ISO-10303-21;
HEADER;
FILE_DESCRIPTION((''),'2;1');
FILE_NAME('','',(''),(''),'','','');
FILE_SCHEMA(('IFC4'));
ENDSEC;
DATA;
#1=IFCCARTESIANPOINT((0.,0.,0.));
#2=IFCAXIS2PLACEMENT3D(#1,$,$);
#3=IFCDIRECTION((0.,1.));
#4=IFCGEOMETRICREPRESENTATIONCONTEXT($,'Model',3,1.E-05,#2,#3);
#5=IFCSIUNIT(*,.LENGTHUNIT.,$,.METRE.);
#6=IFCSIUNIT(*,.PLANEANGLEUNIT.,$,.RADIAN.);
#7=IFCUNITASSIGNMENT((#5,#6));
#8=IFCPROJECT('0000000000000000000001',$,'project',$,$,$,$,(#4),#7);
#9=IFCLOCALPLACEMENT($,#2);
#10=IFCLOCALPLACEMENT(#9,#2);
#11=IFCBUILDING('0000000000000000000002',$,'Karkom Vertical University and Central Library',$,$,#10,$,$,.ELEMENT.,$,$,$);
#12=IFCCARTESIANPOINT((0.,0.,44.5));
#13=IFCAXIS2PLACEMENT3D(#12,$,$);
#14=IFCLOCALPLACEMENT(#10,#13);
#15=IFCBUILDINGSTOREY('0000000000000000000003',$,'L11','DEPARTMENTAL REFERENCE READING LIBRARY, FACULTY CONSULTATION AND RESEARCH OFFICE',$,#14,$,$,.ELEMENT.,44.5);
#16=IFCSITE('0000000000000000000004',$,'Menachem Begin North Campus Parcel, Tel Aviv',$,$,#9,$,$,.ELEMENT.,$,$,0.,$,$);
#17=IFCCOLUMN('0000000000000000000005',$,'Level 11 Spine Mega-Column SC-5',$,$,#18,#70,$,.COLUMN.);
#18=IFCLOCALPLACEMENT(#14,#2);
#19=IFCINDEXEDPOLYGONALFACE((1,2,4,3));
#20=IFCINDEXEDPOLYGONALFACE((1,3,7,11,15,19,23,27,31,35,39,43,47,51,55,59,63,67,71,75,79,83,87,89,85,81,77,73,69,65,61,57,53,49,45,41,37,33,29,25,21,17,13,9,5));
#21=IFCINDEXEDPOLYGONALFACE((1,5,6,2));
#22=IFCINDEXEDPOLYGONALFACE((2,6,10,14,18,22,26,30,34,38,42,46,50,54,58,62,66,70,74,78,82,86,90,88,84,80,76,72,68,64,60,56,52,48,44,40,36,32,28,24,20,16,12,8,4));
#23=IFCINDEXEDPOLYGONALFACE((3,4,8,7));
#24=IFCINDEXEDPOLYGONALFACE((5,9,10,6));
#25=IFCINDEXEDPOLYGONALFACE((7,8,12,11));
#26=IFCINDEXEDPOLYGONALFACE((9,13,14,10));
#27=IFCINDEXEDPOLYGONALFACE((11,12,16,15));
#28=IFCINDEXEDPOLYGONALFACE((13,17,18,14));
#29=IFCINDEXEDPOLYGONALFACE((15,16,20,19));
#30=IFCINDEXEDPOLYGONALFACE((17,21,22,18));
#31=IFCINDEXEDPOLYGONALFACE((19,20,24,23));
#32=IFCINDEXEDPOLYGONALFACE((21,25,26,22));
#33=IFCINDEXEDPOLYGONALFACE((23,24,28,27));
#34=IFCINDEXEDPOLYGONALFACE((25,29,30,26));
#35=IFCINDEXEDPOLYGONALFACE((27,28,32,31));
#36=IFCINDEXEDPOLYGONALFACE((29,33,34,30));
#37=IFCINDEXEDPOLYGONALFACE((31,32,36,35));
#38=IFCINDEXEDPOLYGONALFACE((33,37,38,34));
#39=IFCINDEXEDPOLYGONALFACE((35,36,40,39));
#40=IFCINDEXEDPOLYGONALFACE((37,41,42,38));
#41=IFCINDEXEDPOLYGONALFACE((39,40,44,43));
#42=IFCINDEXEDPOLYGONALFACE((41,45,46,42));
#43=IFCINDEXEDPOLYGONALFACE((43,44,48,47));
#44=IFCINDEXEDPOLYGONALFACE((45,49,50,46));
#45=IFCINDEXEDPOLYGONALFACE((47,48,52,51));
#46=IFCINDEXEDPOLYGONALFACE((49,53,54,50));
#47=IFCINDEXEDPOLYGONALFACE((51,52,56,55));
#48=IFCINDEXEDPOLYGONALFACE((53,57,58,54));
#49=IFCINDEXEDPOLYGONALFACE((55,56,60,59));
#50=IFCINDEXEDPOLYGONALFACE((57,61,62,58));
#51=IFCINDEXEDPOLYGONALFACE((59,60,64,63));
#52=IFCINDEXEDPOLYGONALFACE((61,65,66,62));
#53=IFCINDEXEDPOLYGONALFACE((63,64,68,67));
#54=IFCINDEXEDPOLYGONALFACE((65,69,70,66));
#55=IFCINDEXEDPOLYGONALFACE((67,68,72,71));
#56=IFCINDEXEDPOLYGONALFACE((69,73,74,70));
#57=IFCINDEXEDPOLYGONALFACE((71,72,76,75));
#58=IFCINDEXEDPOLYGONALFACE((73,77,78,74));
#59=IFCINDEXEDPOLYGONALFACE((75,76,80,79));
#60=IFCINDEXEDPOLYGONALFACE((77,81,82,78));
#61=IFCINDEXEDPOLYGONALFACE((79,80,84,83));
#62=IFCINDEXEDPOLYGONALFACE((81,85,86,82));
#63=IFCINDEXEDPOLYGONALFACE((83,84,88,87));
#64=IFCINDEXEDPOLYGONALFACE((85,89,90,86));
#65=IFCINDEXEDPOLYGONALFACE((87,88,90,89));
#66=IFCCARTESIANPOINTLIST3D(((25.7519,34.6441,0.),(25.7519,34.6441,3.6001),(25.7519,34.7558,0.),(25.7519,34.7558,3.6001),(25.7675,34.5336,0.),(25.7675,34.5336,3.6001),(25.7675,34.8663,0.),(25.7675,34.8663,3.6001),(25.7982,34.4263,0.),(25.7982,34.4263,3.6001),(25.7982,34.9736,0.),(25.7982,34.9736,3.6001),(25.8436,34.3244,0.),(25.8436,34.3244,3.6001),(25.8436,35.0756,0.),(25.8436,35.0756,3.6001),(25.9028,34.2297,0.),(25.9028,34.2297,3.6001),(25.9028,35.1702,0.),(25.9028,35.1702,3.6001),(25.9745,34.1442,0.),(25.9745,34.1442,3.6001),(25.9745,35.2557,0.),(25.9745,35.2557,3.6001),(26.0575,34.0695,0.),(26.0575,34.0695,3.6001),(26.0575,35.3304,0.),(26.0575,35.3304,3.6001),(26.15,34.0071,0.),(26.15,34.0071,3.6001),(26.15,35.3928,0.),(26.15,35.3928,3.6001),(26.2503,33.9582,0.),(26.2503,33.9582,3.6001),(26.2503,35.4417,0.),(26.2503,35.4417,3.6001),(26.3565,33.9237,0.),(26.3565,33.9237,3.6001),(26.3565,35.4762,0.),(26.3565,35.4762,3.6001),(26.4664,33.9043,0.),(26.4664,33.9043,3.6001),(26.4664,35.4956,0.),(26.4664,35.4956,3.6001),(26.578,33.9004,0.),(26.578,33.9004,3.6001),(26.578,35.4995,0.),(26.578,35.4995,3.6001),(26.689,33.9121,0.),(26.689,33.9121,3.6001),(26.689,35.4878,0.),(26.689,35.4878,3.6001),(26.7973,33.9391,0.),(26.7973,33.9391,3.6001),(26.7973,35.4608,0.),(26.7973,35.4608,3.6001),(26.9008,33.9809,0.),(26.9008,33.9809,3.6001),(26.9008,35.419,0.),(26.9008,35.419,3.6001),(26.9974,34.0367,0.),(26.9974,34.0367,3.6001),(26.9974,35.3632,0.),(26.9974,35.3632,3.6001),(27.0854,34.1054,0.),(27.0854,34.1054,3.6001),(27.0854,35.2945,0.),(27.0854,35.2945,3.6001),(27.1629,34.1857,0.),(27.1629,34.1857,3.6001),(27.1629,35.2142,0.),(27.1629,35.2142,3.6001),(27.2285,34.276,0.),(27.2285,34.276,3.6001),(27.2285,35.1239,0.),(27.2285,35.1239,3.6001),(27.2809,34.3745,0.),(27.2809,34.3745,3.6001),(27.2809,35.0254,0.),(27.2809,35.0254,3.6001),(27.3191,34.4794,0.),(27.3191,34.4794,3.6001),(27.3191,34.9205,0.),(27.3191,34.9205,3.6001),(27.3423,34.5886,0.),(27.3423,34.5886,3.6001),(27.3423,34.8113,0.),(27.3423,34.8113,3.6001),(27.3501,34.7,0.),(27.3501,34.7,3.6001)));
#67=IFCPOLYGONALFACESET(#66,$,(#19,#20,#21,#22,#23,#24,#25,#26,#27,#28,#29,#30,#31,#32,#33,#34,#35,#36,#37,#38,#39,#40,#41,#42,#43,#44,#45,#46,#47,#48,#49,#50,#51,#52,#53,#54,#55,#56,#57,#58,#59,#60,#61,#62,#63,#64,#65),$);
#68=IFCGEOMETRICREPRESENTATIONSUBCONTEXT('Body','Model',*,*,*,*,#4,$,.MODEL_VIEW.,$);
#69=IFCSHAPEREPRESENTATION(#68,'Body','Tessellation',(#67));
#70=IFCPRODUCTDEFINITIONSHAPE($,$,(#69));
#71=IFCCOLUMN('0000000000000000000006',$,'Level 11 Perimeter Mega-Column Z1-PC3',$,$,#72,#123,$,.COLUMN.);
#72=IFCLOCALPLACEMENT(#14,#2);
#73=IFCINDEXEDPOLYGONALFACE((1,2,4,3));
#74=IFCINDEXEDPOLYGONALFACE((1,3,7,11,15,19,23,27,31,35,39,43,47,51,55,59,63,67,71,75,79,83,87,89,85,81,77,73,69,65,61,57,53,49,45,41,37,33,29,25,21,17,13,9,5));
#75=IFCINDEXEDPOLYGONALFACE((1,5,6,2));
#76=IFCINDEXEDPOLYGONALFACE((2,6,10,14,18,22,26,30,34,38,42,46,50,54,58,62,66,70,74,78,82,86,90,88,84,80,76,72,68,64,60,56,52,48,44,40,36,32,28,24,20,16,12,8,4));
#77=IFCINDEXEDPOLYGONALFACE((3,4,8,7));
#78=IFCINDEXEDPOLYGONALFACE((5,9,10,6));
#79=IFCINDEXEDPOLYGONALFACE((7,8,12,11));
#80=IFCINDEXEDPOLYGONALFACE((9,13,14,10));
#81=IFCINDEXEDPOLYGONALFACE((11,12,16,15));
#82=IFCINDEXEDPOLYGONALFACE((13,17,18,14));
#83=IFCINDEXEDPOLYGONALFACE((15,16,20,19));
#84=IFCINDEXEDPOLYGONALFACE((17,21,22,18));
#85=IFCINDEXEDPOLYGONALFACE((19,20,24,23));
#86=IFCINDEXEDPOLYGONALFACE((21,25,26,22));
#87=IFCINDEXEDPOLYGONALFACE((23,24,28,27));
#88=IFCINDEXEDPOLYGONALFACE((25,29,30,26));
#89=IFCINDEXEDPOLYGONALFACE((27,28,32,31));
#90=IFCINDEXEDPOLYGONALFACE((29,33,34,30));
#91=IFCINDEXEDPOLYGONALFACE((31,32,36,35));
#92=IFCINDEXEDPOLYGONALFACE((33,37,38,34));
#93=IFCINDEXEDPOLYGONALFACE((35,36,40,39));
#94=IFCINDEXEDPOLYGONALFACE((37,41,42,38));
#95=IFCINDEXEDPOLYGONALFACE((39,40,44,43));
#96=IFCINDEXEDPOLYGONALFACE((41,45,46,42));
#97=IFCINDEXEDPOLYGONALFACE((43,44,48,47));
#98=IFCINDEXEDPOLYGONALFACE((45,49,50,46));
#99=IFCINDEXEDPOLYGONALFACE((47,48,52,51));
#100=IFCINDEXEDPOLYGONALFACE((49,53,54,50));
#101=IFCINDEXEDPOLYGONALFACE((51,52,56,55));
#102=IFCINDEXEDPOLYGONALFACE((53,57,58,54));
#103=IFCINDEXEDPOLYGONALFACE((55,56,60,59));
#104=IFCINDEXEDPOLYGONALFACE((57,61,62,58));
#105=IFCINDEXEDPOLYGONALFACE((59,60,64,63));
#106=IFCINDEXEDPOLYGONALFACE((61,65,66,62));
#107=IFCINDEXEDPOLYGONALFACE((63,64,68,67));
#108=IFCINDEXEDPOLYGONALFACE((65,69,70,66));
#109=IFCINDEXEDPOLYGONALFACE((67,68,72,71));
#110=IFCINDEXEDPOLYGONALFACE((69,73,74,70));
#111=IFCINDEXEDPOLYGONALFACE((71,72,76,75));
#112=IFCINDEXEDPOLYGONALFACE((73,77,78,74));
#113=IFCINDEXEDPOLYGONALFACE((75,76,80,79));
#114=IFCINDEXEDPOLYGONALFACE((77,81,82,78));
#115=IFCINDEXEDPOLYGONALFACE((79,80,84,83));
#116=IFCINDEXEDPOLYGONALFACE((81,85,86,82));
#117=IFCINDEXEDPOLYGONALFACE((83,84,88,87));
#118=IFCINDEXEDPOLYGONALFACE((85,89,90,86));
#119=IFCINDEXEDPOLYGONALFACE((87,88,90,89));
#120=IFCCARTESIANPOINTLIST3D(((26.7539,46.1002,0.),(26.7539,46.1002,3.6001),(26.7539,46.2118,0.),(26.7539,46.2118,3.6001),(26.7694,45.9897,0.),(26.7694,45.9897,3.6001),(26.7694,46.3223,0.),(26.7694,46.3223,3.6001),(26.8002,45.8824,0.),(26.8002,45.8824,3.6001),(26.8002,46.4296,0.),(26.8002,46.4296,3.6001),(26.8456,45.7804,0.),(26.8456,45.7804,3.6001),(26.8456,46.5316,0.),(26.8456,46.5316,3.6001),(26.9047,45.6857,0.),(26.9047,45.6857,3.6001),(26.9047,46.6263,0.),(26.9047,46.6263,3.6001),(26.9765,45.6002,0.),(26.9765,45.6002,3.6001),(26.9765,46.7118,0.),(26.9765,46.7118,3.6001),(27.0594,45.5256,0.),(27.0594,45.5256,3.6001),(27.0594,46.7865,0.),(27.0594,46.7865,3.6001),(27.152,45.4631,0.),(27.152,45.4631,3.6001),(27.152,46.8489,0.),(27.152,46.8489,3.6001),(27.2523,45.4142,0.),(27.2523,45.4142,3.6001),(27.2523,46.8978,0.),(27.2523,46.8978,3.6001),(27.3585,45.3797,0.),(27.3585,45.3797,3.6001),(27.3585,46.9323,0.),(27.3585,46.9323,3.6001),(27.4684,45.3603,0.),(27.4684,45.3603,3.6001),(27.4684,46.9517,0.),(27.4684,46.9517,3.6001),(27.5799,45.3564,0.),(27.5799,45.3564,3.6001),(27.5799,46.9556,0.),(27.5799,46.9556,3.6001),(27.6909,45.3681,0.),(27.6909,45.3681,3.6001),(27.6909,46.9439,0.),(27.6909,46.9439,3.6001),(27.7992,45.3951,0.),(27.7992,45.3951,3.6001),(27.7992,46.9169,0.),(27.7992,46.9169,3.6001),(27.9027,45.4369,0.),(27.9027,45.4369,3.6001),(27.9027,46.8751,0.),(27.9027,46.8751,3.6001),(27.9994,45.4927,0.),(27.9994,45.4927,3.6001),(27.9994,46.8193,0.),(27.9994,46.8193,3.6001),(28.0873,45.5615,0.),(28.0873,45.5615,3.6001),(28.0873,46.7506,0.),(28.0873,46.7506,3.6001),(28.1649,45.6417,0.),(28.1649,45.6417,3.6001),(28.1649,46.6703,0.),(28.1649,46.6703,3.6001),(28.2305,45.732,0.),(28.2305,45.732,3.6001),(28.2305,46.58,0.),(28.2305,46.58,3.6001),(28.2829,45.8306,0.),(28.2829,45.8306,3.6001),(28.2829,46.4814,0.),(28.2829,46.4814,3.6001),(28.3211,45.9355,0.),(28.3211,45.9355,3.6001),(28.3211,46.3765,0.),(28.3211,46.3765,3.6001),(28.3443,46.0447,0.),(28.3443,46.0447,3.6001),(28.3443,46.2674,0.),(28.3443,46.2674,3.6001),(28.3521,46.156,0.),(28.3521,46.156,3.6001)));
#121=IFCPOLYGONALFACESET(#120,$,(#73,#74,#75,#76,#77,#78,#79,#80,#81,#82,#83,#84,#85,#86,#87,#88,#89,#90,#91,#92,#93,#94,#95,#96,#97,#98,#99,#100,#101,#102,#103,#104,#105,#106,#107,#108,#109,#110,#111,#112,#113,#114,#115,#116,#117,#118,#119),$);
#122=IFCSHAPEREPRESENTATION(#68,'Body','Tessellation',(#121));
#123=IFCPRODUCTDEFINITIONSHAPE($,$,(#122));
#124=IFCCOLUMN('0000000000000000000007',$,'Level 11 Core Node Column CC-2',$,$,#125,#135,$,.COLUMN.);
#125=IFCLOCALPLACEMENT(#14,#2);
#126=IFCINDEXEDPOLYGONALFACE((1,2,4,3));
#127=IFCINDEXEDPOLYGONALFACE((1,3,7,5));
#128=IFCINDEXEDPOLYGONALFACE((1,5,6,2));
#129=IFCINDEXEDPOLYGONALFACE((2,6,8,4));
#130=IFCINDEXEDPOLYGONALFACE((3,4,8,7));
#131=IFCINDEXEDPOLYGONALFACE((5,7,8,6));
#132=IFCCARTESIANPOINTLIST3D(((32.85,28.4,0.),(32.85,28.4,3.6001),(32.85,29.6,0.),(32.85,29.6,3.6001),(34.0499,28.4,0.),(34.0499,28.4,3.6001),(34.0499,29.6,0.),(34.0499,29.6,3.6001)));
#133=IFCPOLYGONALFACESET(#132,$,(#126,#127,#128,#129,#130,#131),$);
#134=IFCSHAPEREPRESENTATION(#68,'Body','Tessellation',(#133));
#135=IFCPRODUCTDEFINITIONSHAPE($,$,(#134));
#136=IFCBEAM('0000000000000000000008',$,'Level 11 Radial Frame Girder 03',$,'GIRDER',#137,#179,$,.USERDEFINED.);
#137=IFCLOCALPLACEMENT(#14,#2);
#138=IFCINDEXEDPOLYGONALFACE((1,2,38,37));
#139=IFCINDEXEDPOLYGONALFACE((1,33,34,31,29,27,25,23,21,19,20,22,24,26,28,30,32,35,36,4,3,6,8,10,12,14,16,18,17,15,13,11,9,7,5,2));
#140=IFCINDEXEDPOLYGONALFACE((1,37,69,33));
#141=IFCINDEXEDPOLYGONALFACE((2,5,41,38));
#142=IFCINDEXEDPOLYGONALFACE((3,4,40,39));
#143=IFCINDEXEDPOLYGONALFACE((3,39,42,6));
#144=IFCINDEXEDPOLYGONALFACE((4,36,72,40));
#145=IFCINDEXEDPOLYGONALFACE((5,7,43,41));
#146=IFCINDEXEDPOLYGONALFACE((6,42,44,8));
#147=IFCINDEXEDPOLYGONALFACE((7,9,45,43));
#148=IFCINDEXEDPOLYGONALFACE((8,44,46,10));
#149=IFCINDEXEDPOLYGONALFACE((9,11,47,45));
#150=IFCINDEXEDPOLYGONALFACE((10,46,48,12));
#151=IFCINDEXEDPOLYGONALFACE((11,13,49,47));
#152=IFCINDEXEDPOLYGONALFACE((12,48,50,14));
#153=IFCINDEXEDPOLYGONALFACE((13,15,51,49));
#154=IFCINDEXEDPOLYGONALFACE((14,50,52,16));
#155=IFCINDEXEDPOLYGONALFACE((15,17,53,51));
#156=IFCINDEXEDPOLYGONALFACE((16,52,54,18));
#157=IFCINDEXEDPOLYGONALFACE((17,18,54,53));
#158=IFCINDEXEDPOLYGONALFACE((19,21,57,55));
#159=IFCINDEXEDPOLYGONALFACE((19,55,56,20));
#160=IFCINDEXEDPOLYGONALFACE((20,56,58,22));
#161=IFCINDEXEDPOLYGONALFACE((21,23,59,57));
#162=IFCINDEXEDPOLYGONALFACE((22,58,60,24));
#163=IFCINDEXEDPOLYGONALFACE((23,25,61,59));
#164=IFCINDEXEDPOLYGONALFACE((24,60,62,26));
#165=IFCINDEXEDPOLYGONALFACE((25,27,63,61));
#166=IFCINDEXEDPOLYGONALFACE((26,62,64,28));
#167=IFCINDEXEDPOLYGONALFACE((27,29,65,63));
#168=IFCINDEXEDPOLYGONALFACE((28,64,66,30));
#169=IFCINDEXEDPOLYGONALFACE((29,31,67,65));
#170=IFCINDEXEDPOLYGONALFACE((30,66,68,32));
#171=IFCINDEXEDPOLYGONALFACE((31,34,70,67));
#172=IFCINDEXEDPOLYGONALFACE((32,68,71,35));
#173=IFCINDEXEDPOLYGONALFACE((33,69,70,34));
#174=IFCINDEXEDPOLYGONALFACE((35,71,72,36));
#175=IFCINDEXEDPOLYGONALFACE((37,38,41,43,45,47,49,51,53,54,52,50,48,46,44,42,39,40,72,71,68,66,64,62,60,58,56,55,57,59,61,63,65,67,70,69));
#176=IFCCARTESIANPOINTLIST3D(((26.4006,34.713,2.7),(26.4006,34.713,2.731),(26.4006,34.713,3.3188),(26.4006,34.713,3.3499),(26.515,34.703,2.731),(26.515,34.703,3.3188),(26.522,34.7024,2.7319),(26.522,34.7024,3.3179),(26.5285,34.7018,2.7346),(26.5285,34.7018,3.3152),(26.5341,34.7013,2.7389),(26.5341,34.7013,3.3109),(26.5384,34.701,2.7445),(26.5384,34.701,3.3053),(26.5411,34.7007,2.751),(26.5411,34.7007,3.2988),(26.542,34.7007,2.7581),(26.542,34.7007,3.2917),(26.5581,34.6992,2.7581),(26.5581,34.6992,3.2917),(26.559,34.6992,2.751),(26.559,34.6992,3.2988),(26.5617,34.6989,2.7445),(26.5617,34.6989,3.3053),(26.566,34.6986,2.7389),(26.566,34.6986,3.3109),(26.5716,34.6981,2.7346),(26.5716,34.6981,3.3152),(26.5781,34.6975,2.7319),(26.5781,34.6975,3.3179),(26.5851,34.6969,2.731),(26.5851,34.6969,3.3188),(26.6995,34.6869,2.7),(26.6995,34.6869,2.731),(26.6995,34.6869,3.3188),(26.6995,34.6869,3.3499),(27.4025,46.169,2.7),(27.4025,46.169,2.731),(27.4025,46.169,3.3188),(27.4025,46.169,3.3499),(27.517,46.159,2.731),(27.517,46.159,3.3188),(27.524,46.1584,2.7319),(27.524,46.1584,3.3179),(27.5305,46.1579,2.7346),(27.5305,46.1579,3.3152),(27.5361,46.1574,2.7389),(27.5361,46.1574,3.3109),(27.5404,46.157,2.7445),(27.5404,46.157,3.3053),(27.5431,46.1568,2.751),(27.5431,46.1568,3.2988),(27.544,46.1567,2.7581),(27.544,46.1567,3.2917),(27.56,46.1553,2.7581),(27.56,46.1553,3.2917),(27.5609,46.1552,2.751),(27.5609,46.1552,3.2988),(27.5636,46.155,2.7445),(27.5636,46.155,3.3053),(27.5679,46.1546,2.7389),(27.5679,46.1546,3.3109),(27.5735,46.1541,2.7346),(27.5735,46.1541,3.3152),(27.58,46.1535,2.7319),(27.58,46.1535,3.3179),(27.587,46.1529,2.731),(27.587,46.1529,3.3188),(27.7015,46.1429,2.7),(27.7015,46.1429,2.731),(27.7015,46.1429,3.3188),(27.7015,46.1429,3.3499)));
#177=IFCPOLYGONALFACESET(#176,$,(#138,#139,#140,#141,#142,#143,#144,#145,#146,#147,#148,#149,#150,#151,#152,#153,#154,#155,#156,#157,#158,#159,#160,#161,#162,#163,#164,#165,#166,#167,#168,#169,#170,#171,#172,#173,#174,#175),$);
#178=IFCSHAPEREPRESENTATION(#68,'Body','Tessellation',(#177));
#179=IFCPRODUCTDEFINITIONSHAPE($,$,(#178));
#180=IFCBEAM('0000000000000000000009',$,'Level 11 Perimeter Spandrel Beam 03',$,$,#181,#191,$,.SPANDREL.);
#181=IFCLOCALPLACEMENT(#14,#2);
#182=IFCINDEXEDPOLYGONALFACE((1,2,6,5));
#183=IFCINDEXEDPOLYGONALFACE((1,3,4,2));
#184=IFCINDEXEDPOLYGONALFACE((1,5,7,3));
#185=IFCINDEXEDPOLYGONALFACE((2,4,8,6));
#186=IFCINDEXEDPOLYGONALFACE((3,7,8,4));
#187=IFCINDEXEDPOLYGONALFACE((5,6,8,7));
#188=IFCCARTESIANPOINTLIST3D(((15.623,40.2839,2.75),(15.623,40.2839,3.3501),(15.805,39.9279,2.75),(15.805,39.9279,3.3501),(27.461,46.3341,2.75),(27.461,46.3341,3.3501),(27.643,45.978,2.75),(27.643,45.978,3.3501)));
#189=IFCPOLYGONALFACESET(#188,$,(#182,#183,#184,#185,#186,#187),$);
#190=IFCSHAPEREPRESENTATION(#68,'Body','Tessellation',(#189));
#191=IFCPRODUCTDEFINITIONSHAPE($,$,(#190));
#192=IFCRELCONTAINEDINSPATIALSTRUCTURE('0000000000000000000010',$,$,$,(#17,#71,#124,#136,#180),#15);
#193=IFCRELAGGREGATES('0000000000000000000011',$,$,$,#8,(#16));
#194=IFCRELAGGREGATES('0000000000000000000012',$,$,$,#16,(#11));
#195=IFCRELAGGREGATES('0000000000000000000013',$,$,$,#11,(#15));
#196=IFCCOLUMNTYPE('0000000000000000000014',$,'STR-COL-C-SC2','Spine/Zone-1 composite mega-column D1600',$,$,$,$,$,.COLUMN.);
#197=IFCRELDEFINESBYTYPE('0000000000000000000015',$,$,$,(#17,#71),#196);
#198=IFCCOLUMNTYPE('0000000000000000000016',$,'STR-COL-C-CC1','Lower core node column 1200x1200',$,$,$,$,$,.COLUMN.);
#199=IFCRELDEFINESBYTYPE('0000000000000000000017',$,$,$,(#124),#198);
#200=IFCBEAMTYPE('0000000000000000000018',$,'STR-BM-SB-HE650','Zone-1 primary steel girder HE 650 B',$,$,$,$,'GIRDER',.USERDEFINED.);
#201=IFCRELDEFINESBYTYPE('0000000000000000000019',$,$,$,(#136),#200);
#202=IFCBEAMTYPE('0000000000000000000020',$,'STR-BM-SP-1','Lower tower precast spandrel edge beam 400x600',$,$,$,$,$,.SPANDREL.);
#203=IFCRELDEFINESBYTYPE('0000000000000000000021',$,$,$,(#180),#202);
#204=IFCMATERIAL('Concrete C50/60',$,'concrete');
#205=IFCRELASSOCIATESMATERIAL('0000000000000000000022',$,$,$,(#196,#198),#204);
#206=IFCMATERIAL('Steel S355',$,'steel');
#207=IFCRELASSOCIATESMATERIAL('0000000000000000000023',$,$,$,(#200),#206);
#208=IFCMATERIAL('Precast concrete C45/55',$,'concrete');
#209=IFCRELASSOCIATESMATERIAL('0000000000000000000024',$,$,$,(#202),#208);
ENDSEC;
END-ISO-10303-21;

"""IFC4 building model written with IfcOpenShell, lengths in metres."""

from ifc_helpers import new_model, si_unit, direction, frame, origin, origin_with_axes, origin_2d, place, context, subcontext, project, spatial, rectangle, circle, i_section, extrude, source, transform, mapped, material, material_profile, profile_set, type_object, element, save


model = new_model("IFC4")

# Units and contexts
model_context = context("Model", 3, precision=1e-05, world=origin(), true_north=direction((0.0, 1.0)))
body_context = subcontext(model_context, "Body", "Model", "MODEL_VIEW")
ifc_project = project(units=[si_unit("LENGTHUNIT", "METRE"), si_unit("PLANEANGLEUNIT", "RADIAN")], contexts=[model_context])

# Site, building, storey
site_placement = place(None, origin())
site = spatial("IfcSite", under=ifc_project, at=site_placement, Name="Menachem Begin North Campus Parcel, Tel Aviv", CompositionType="ELEMENT", RefElevation=0.0)
building_placement = place(site_placement, origin())
building = spatial("IfcBuilding", under=site, at=building_placement, Name="Karkom Vertical University and Central Library", CompositionType="ELEMENT")
storey_placement = place(building_placement, frame((0.0, 0.0, 44.5)))
storey = spatial("IfcBuildingStorey", under=building, at=storey_placement, Name="L11", Description="DEPARTMENTAL REFERENCE READING LIBRARY, FACULTY CONSULTATION AND RESEARCH OFFICE", CompositionType="ELEMENT", Elevation=44.5)

# Columns
ifc_material_1 = material(Name="Concrete C50/60", Category="concrete")
ifc_material_profile_1 = material_profile(ifc_material_1, circle(Radius=0.8, at=origin_2d()), Name="CFT-D1600")
ifc_profile_set_1 = profile_set([ifc_material_profile_1], Name="Concrete C50/60")
column_type_1 = type_object("IfcColumnType", Name="STR-COL-C-SC2", Description="Spine/Zone-1 composite mega-column D1600", PredefinedType="COLUMN", material=ifc_profile_set_1)
shared_shape_1 = source(origin_with_axes(), body_context, "Body", "SweptSolid", [
    extrude(circle(Radius=0.8, at=origin_2d()), origin(), (0.0, 0.0, 1.0), 3.6001),
])
for number, where, z_axis, x_axis, name in (
    (1, (26.55, 34.7, 0.0), (0.0, 0.0, 1.0), (1.0, 0.0, 0.0), "Level 11 Spine Mega-Column SC-5"),
    (2, (27.552, 46.156, 0.0), (0.0, 0.0, 1.0), (1.0, 0.0, 0.0), "Level 11 Perimeter Mega-Column Z1-PC3"),
):
    element("IfcColumn", number, at=place(storey_placement, frame(where, z_axis=z_axis, x_axis=x_axis)), inside=storey, type_object=column_type_1, Name=name, PredefinedType="COLUMN", context=body_context, shape_type="MappedRepresentation", body=[
        mapped(shared_shape_1, transform((0.0, 0.0, 0.0), scale=1.0)),
    ])
ifc_material_profile_2 = material_profile(ifc_material_1, rectangle(XDim=1.2, YDim=1.2, at=origin_2d()), Name="RC-1200x1200")
ifc_profile_set_2 = profile_set([ifc_material_profile_2], Name="Concrete C50/60")
column_type_2 = type_object("IfcColumnType", Name="STR-COL-C-CC1", Description="Lower core node column 1200x1200", PredefinedType="COLUMN", material=ifc_profile_set_2)
shared_shape_2 = source(origin_with_axes(), body_context, "Body", "SweptSolid", [
    extrude(rectangle(XDim=1.2, YDim=1.2, at=origin_2d()), origin(), (0.0, 0.0, 1.0), 3.6001),
])
column_placement = place(storey_placement, frame((33.45, 29.0, 0.0), z_axis=(0.0, 0.0, 1.0), x_axis=(1.0, 0.0, 0.0)))
element("IfcColumn", 3, at=column_placement, inside=storey, type_object=column_type_2, Name="Level 11 Core Node Column CC-2", PredefinedType="COLUMN", context=body_context, shape_type="MappedRepresentation", body=[
    mapped(shared_shape_2, transform((0.0, 0.0, 0.0), scale=1.0)),
])

# Beams
ifc_material_2 = material(Name="Steel S355", Category="steel")
ifc_material_profile_3 = material_profile(ifc_material_2, i_section(OverallWidth=0.3, OverallDepth=0.6499, WebThickness=0.0161, FlangeThickness=0.031, FilletRadius=0.0271, at=origin_2d()), Name="HE 650 B")
ifc_profile_set_3 = profile_set([ifc_material_profile_3], Name="Steel S355")
beam_type_1 = type_object("IfcBeamType", Name="STR-BM-SB-HE650", Description="Zone-1 primary steel girder HE 650 B", ElementType="GIRDER", PredefinedType="USERDEFINED", material=ifc_profile_set_3)
shared_shape_3 = source(origin_with_axes(), body_context, "Body", "SweptSolid", [
    extrude(i_section(OverallWidth=0.3, OverallDepth=0.6499, WebThickness=0.0161, FlangeThickness=0.031, FilletRadius=0.0271, at=origin_2d()), origin(), (0.0, 0.0, 1.0), 11.4998),
])
beam_1_placement = place(storey_placement, frame((26.55, 34.7, 3.0249), z_axis=(0.087128, 0.996197, 0.0), x_axis=(-0.996197, 0.087128, 0.0)))
element("IfcBeam", 4, at=beam_1_placement, inside=storey, type_object=beam_type_1, Name="Level 11 Radial Frame Girder 03", ObjectType="GIRDER", PredefinedType="USERDEFINED", context=body_context, shape_type="MappedRepresentation", body=[
    mapped(shared_shape_3, transform((0.0, 0.0, 0.0), scale=1.0)),
])
ifc_material_3 = material(Name="Precast concrete C45/55", Category="concrete")
ifc_material_profile_4 = material_profile(ifc_material_3, rectangle(XDim=0.3999, YDim=0.6001, at=origin_2d()), Name="SPB-400x600")
ifc_profile_set_4 = profile_set([ifc_material_profile_4], Name="Precast concrete C45/55")
beam_type_2 = type_object("IfcBeamType", Name="STR-BM-SP-1", Description="Lower tower precast spandrel edge beam 400x600", PredefinedType="SPANDREL", material=ifc_profile_set_4)
shared_shape_4 = source(origin_with_axes(), body_context, "Body", "SweptSolid", [
    extrude(rectangle(XDim=0.3999, YDim=0.6001, at=origin_2d()), origin(), (0.0, 0.0, 1.0), 13.2944),
])
beam_2_placement = place(storey_placement, frame((27.552, 46.156, 3.05), z_axis=(-0.890448, -0.455085, 0.0), x_axis=(0.455085, -0.890448, 0.0)))
element("IfcBeam", 5, at=beam_2_placement, inside=storey, type_object=beam_type_2, Name="Level 11 Perimeter Spandrel Beam 03", PredefinedType="SPANDREL", context=body_context, shape_type="MappedRepresentation", body=[
    mapped(shared_shape_4, transform((0.0, 0.0, 0.0), scale=1.0)),
])

save(model, "model.ifc")
